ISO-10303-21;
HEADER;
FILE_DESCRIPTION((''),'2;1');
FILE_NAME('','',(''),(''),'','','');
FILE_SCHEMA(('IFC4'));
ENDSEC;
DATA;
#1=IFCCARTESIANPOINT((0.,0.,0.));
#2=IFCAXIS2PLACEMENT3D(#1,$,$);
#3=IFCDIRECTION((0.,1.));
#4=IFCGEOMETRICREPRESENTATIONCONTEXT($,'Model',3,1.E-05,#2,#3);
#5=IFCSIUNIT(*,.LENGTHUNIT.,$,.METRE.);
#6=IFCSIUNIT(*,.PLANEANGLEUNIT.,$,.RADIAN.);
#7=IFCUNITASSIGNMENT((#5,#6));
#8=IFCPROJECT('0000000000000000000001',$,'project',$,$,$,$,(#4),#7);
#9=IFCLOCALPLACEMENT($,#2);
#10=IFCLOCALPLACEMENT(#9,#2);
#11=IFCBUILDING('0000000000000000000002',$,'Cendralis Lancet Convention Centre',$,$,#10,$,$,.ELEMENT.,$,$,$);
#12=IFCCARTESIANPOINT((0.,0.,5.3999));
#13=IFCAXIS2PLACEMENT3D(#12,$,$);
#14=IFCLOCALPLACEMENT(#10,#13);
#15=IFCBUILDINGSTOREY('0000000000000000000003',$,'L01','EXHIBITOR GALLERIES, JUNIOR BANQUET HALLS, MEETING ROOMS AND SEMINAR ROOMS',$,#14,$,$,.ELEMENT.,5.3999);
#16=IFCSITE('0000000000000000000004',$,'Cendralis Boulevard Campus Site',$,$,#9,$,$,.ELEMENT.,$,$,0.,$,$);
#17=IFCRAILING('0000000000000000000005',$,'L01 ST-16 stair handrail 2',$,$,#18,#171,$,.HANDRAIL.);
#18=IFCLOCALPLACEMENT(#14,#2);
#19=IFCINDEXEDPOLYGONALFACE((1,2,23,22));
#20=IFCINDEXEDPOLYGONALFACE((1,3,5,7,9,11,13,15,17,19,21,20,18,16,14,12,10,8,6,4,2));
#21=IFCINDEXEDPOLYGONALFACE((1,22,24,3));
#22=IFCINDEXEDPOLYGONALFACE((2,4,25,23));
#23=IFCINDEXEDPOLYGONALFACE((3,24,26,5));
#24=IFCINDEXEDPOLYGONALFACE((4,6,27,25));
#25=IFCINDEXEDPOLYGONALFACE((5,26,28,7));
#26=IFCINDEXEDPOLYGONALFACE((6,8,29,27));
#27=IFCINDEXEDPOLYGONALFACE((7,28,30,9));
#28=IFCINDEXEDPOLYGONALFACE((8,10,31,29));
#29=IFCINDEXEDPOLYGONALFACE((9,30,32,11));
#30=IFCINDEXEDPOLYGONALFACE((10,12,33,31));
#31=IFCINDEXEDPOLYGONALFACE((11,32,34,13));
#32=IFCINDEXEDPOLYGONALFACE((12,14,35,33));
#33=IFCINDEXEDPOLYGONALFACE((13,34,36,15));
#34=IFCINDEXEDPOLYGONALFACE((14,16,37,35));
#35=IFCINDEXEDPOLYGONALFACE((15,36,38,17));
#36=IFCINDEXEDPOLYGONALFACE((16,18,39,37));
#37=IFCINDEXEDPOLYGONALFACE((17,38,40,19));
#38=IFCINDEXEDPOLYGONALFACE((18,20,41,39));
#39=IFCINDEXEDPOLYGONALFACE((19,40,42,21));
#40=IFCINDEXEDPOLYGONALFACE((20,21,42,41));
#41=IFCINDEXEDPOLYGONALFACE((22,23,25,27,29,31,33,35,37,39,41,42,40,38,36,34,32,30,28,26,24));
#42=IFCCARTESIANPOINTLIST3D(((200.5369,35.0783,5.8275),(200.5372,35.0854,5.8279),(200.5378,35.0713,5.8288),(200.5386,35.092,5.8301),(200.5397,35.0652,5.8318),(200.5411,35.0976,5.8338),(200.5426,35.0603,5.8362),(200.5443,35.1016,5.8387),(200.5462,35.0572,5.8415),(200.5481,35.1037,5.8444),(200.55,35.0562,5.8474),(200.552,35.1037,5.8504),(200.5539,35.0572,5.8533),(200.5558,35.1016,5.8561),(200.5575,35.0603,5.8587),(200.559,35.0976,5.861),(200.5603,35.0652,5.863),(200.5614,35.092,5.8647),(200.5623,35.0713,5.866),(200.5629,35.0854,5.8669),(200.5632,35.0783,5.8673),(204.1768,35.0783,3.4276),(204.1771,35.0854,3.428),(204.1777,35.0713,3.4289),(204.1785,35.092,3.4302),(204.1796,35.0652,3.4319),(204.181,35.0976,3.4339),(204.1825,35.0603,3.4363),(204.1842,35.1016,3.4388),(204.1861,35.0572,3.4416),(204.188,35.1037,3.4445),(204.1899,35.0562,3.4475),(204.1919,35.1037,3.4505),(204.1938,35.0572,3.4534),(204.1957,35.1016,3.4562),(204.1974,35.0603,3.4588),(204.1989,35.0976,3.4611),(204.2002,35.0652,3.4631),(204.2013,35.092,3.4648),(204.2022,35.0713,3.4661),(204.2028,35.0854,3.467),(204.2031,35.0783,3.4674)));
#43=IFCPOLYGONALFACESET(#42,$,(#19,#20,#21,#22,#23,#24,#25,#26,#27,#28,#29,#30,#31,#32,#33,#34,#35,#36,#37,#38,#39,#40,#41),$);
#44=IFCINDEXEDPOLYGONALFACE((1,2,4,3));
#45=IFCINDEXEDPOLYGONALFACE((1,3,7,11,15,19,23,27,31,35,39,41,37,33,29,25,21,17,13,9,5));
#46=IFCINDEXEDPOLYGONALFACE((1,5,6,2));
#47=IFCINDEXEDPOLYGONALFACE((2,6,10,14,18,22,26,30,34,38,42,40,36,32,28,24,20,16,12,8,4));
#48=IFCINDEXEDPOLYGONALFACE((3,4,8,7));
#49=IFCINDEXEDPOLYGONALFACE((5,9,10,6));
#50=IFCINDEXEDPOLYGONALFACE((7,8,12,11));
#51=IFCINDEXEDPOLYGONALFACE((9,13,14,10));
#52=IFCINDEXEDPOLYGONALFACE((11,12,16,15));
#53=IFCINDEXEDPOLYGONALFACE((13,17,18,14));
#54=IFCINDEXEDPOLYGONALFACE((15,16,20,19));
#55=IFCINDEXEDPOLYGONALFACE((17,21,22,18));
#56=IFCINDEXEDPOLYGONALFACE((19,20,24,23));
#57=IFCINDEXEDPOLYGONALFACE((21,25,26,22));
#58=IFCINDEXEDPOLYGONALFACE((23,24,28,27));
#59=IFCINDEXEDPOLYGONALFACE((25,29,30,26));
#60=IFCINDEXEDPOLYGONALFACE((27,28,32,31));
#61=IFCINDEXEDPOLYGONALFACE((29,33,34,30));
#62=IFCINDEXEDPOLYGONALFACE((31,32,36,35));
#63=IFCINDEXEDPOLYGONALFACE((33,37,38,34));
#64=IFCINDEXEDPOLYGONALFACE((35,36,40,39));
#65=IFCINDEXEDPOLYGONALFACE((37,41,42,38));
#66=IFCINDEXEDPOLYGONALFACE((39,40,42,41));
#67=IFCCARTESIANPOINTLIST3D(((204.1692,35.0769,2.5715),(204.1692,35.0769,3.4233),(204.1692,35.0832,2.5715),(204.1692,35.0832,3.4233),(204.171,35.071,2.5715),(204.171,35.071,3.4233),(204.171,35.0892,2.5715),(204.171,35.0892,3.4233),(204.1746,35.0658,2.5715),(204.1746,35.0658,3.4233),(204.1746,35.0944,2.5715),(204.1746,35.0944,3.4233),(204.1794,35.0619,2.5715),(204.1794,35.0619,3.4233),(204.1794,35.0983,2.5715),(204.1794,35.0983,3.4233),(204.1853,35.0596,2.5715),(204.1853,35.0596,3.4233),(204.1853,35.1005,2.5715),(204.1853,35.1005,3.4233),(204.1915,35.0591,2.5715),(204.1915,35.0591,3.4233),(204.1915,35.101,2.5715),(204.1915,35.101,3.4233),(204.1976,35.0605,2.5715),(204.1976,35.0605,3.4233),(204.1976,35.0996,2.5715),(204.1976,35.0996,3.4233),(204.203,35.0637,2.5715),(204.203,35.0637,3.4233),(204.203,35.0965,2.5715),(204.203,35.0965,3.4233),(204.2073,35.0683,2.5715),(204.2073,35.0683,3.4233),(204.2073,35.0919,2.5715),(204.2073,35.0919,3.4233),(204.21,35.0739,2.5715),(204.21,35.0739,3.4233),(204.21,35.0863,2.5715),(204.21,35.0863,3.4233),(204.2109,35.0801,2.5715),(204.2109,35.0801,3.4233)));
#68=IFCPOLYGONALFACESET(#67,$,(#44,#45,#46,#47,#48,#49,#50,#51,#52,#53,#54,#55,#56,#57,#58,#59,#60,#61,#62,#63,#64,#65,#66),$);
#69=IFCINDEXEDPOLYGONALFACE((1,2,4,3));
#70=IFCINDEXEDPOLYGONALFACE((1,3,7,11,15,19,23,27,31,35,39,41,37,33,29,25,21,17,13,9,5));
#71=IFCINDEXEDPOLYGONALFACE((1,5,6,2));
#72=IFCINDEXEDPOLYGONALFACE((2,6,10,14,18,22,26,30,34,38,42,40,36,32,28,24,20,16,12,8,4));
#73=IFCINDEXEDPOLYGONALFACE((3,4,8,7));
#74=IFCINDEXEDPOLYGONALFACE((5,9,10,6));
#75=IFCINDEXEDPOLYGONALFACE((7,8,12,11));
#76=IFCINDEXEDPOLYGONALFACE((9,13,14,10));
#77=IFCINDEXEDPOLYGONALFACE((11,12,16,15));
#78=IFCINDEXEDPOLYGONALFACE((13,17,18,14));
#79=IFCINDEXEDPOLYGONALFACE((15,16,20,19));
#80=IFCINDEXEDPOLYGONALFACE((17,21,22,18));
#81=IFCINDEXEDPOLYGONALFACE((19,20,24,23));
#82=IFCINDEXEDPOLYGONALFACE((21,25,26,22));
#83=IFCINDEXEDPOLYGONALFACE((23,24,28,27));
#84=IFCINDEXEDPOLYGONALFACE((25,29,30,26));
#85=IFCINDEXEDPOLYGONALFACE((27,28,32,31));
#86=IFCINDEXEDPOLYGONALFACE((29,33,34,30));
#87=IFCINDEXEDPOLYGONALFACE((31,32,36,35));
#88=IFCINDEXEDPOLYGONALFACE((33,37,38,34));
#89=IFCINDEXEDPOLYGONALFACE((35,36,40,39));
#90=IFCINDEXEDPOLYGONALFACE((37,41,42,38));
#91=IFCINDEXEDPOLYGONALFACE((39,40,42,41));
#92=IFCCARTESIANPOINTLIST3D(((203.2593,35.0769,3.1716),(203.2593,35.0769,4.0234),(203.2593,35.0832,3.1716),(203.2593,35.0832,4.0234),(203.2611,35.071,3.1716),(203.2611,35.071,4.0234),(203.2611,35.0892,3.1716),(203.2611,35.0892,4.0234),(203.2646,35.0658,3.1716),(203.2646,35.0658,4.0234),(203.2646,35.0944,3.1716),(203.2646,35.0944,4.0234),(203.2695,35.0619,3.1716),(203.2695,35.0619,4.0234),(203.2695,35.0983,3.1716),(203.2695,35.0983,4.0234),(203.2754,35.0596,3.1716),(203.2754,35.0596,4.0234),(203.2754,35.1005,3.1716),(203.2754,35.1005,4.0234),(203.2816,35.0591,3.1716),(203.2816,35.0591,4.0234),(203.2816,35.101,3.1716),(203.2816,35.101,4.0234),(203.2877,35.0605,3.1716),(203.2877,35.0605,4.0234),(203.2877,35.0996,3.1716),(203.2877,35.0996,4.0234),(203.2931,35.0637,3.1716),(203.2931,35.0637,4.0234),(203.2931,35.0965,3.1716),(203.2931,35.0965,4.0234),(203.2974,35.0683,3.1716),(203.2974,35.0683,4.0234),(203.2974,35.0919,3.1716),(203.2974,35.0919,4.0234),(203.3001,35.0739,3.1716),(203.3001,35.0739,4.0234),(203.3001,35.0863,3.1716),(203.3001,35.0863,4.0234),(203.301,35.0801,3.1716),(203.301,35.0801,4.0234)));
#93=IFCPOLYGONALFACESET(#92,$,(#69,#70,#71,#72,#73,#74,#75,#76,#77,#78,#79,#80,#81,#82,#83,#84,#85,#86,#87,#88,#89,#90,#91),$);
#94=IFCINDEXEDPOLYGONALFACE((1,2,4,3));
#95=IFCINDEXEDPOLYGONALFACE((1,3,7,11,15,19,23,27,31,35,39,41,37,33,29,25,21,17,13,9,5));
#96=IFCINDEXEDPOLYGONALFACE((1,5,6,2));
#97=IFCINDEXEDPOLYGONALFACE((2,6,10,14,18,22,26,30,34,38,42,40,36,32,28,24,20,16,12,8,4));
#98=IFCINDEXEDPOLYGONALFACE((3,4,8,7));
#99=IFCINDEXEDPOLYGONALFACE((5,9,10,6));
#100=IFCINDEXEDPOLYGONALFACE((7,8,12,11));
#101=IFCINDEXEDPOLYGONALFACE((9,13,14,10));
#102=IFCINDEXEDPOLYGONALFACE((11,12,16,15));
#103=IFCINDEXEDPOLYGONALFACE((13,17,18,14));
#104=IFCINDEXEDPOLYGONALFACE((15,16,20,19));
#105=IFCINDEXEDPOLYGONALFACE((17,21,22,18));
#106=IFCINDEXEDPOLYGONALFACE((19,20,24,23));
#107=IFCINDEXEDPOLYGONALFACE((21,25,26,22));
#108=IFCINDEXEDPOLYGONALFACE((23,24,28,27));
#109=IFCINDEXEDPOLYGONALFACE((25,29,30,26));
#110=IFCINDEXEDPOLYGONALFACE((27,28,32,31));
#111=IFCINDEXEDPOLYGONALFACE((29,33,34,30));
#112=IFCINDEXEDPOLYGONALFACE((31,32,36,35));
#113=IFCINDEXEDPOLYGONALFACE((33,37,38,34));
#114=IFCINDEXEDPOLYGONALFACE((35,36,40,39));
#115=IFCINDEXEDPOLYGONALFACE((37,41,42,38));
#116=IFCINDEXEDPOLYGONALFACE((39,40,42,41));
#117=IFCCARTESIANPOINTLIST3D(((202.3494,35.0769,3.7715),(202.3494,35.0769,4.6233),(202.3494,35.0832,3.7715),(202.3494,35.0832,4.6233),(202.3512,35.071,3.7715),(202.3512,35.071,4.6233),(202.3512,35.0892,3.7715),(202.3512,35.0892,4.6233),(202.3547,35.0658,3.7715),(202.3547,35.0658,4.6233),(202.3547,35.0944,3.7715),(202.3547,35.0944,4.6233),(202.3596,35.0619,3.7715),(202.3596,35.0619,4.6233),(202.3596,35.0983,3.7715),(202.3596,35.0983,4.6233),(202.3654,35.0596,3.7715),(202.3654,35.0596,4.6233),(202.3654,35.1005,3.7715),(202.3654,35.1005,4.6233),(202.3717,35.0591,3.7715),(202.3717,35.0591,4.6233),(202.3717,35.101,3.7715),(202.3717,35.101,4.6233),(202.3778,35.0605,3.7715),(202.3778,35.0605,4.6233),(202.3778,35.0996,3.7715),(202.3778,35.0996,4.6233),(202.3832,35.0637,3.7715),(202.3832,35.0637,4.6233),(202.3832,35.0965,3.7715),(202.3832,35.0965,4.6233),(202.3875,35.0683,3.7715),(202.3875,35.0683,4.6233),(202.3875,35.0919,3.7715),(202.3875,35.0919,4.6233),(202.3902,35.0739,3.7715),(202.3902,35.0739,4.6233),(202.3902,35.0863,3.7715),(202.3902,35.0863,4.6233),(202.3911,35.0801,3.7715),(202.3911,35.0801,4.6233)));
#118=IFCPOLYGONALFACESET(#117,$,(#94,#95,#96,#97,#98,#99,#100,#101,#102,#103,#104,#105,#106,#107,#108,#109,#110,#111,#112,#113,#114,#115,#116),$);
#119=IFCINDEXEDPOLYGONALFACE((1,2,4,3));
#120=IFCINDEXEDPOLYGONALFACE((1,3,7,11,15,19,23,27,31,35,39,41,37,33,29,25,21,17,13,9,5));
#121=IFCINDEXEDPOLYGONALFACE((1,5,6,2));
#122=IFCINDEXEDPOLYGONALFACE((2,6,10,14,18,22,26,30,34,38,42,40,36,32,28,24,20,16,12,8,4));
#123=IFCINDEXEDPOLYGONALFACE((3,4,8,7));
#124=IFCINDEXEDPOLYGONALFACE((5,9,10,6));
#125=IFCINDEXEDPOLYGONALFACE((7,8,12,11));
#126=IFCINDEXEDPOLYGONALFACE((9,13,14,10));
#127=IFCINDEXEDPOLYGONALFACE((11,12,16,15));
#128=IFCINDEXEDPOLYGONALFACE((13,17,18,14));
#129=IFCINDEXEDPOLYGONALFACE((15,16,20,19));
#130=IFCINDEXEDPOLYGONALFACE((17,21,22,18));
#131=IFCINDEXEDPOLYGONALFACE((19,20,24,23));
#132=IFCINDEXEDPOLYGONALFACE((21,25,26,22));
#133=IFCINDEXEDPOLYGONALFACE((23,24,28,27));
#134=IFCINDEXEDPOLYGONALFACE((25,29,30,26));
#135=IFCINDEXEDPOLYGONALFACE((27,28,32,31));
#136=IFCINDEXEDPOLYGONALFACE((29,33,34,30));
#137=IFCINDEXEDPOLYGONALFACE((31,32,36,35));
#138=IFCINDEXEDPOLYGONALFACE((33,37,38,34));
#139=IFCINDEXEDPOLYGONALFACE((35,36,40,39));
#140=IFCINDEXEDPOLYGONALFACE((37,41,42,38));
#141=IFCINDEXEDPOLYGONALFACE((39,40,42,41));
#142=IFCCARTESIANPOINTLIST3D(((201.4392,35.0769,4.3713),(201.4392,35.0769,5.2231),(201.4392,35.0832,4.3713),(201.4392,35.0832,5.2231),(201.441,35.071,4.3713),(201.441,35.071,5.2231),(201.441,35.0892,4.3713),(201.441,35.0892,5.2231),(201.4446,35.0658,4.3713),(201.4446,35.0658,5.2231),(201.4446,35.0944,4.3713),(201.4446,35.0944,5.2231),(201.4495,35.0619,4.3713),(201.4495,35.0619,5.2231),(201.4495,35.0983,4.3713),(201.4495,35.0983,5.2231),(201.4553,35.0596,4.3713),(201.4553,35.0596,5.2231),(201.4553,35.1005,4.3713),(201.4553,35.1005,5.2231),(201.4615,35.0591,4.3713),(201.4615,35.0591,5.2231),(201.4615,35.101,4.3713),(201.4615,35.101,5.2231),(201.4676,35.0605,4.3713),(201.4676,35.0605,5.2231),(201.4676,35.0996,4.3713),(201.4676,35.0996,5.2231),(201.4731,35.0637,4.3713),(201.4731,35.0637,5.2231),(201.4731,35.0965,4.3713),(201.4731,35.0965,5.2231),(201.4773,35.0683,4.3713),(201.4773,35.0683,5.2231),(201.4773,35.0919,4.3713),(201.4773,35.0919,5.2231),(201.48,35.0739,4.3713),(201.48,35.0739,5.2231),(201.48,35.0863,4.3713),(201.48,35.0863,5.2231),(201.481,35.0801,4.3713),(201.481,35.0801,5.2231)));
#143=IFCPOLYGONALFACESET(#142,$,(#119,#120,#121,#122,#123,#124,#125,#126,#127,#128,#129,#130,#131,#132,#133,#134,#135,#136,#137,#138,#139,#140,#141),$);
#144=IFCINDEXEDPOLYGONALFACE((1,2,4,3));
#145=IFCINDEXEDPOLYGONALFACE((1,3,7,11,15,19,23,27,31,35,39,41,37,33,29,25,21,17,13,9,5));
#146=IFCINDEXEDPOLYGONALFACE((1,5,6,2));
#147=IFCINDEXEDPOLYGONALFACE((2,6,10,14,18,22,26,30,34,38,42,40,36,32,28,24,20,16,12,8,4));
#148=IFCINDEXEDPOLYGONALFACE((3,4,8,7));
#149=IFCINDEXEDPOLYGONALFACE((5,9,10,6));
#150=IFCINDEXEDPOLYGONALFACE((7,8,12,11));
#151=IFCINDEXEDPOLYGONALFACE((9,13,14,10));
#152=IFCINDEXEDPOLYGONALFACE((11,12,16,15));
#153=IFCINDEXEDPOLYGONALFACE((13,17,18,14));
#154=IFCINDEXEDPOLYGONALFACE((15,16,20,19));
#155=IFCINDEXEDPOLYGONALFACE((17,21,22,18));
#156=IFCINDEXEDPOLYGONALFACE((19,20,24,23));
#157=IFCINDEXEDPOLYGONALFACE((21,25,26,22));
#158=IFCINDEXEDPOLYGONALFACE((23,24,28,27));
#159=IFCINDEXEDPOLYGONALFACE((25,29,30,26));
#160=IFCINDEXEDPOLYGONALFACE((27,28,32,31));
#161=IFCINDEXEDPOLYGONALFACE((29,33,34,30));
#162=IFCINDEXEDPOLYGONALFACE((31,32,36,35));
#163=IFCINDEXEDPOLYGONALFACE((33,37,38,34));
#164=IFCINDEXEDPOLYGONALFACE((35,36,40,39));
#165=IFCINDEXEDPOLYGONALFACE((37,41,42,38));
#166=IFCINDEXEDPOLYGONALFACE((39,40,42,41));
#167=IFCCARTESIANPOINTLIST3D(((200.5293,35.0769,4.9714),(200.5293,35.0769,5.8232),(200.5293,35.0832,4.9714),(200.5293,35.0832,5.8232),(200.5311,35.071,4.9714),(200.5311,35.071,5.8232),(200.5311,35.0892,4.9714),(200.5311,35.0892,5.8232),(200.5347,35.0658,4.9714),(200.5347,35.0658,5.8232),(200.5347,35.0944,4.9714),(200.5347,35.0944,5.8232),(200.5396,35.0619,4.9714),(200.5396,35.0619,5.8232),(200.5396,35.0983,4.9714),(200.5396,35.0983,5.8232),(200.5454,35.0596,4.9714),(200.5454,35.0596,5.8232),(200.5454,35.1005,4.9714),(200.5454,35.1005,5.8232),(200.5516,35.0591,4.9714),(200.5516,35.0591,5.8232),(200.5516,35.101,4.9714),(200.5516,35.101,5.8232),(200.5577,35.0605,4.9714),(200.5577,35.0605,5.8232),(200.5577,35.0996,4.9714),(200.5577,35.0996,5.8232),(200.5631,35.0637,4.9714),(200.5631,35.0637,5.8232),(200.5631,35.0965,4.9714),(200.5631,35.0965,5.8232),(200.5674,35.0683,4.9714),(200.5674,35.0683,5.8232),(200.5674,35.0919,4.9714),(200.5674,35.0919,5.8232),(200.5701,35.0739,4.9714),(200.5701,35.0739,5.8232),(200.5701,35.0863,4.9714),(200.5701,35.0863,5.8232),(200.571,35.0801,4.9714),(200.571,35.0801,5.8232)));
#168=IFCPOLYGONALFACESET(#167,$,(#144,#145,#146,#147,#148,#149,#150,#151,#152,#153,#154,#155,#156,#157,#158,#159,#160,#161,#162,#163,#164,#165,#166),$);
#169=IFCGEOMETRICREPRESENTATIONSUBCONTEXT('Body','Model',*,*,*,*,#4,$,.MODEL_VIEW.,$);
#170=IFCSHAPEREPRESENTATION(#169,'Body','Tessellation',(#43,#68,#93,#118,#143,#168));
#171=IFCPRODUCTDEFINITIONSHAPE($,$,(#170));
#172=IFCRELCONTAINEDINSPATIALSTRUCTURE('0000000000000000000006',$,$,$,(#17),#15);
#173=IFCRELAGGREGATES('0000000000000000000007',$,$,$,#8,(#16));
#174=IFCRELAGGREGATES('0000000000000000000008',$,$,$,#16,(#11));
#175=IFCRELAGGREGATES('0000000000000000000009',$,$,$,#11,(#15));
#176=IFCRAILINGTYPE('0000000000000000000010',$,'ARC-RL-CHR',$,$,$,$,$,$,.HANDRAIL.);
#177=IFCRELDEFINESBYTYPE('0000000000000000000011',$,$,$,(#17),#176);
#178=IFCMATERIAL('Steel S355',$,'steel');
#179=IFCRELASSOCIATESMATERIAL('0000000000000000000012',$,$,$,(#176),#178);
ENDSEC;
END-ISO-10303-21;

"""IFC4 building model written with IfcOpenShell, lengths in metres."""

from ifc_helpers import new_model, si_unit, direction, frame, origin, origin_2d, place, context, subcontext, project, spatial, circle, extrude, material, type_object, element, save


model = new_model("IFC4")

# Units and contexts
model_context = context("Model", 3, precision=1e-05, world=origin(), true_north=direction((0.0, 1.0)))
body_context = subcontext(model_context, "Body", "Model", "MODEL_VIEW")
ifc_project = project(units=[si_unit("LENGTHUNIT", "METRE"), si_unit("PLANEANGLEUNIT", "RADIAN")], contexts=[model_context])

# Site, building, storey
site_placement = place(None, origin())
site = spatial("IfcSite", under=ifc_project, at=site_placement, Name="Cendralis Boulevard Campus Site", CompositionType="ELEMENT", RefElevation=0.0)
building_placement = place(site_placement, origin())
building = spatial("IfcBuilding", under=site, at=building_placement, Name="Cendralis Lancet Convention Centre", CompositionType="ELEMENT")
storey_placement = place(building_placement, frame((0.0, 0.0, 5.3999)))
storey = spatial("IfcBuildingStorey", under=building, at=storey_placement, Name="L01", Description="EXHIBITOR GALLERIES, JUNIOR BANQUET HALLS, MEETING ROOMS AND SEMINAR ROOMS", CompositionType="ELEMENT", Elevation=5.3999)

# Shared definitions
ifc_material_1 = material(Name="Steel S355", Category="steel")

# Railing
railing_type_1 = type_object("IfcRailingType", Name="ARC-RL-CHR", PredefinedType="HANDRAIL", material=ifc_material_1)
railing_1_placement = place(storey_placement, frame((204.1899, 35.0801, 2.5715)))
element("IfcRailing", 1, at=railing_1_placement, inside=storey, type_object=railing_type_1, Name="L01 ST-16 stair handrail 2", PredefinedType="HANDRAIL", context=body_context, shape_type="SweptSolid", body=[
    extrude(circle(Radius=0.0239, at=origin_2d()), frame((0.0, 0.0, 0.876), z_axis=(-0.834865, 0.0, 0.550454), x_axis=(0.0, -1.0, 0.0)), (0.0, 0.0, 1.0), 4.3599),
    extrude(circle(Radius=0.021, at=origin_2d()), origin(), (0.0, 0.0, 1.0), 0.8518),
    extrude(circle(Radius=0.021, at=origin_2d()), frame((-0.9099, 0.0, 0.6001)), (0.0, 0.0, 1.0), 0.8518),
    extrude(circle(Radius=0.021, at=origin_2d()), frame((-1.8198, 0.0, 1.2)), (0.0, 0.0, 1.0), 0.8518),
    extrude(circle(Radius=0.021, at=origin_2d()), frame((-2.73, 0.0, 1.7998)), (0.0, 0.0, 1.0), 0.8518),
    extrude(circle(Radius=0.021, at=origin_2d()), frame((-3.6399, 0.0, 2.3999)), (0.0, 0.0, 1.0), 0.8518),
])

save(model, "model.ifc")
